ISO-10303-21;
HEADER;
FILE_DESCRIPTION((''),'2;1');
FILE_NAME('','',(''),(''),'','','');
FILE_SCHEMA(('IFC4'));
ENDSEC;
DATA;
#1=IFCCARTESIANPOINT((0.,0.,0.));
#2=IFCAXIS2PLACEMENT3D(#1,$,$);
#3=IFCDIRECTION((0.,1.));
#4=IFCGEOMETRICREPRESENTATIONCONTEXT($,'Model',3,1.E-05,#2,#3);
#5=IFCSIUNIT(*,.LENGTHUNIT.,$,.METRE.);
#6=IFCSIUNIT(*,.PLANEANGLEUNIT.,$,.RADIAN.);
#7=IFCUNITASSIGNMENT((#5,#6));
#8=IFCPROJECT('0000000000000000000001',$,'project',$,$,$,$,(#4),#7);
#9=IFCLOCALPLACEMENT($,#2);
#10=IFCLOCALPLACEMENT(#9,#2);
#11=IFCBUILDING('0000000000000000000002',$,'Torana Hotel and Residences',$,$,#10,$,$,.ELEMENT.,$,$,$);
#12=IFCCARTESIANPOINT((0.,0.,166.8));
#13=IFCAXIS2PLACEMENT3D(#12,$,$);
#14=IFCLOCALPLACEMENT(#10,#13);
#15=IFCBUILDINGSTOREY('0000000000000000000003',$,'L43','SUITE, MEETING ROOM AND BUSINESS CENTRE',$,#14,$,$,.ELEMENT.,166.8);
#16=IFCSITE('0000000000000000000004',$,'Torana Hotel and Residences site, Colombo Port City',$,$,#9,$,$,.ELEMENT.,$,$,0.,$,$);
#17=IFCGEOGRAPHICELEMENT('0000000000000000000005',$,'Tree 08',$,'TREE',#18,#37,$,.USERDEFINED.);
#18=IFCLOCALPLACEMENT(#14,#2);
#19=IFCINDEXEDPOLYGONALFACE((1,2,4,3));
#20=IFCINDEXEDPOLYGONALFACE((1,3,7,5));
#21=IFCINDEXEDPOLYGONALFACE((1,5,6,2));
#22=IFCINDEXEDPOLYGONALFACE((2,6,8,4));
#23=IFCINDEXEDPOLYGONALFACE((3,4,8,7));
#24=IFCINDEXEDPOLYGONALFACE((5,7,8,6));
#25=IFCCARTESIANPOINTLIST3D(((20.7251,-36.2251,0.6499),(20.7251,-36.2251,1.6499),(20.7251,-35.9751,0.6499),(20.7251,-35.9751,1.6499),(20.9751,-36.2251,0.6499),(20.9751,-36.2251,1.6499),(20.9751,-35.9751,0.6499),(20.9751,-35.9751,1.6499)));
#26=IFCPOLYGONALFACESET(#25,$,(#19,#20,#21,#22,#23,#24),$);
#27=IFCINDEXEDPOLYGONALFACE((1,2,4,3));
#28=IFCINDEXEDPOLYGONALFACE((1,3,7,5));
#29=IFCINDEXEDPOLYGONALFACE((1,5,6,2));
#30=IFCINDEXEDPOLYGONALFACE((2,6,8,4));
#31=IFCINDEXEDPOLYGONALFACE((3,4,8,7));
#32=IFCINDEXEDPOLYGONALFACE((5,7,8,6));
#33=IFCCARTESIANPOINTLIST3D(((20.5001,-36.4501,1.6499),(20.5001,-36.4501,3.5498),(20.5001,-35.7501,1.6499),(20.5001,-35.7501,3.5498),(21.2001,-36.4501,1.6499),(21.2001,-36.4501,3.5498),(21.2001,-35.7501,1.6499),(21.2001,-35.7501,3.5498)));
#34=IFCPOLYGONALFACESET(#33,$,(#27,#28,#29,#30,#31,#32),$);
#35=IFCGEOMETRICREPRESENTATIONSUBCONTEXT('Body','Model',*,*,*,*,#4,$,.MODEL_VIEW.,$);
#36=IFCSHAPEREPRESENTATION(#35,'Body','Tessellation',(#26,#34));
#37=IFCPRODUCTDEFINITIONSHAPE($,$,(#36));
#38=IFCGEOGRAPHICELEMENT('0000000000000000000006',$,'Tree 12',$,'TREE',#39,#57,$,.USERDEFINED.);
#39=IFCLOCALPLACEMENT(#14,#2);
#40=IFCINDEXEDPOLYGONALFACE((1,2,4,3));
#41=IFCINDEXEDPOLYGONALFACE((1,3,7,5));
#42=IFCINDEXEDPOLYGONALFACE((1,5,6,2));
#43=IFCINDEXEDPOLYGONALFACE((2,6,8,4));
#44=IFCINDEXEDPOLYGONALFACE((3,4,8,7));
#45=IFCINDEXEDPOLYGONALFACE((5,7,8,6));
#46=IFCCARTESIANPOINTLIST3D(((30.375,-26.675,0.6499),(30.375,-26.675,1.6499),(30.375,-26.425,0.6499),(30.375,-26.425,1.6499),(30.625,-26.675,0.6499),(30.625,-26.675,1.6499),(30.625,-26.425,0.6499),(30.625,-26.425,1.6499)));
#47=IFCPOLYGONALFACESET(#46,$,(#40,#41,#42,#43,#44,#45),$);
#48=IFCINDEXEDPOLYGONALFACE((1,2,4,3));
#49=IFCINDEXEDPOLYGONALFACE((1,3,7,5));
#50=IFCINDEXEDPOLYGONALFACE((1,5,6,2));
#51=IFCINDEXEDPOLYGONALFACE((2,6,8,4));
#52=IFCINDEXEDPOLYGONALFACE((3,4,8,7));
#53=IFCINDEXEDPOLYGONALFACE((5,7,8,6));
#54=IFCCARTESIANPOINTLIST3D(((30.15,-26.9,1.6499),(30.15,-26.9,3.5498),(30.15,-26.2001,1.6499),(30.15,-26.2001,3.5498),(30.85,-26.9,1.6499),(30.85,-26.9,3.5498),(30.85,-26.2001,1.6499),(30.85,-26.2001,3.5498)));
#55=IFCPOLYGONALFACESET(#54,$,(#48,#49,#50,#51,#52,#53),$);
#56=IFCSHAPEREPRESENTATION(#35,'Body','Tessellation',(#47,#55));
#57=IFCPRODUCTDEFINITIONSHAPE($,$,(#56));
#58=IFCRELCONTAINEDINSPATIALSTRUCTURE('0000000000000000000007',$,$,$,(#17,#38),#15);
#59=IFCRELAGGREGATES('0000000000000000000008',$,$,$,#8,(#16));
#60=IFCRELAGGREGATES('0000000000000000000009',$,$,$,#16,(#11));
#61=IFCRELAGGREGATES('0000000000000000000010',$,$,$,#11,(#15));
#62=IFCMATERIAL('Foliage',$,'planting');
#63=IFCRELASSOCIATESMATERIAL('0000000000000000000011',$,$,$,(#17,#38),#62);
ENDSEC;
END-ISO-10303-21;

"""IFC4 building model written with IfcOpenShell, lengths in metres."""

from ifc_helpers import new_model, si_unit, direction, frame, origin, origin_2d, place, context, subcontext, project, spatial, rectangle, extrude, material, element, save


model = new_model("IFC4")

# Units and contexts
model_context = context("Model", 3, precision=1e-05, world=origin(), true_north=direction((0.0, 1.0)))
body_context = subcontext(model_context, "Body", "Model", "MODEL_VIEW")
ifc_project = project(units=[si_unit("LENGTHUNIT", "METRE"), si_unit("PLANEANGLEUNIT", "RADIAN")], contexts=[model_context])

# Site, building, storey
site_placement = place(None, origin())
site = spatial("IfcSite", under=ifc_project, at=site_placement, Name="Torana Hotel and Residences site, Colombo Port City", CompositionType="ELEMENT", RefElevation=0.0)
building_placement = place(site_placement, origin())
building = spatial("IfcBuilding", under=site, at=building_placement, Name="Torana Hotel and Residences", CompositionType="ELEMENT")
storey_placement = place(building_placement, frame((0.0, 0.0, 166.8)))
storey = spatial("IfcBuildingStorey", under=building, at=storey_placement, Name="L43", Description="SUITE, MEETING ROOM AND BUSINESS CENTRE", CompositionType="ELEMENT", Elevation=166.8)

# Geographic elements
ifc_material_1 = material(Name="Foliage", Category="planting")
for number, where, z_axis, x_axis, name in (
    (1, (20.8501, -36.1001, 0.6499), (0.0, 0.0, 1.0), (1.0, 0.0, 0.0), "Tree 08"),
    (2, (30.5, -26.55, 0.6499), (0.0, 0.0, 1.0), (1.0, 0.0, 0.0), "Tree 12"),
):
    element("IfcGeographicElement", number, at=place(storey_placement, frame(where, z_axis=z_axis, x_axis=x_axis)), inside=storey, material=ifc_material_1, Name=name, ObjectType="TREE", PredefinedType="USERDEFINED", context=body_context, shape_type="SweptSolid", body=[
        extrude(rectangle(XDim=0.25, YDim=0.25, at=origin_2d()), origin(), (0.0, 0.0, 1.0), 1.0),
        extrude(rectangle(XDim=0.7, YDim=0.7, at=origin_2d()), frame((0.0, 0.0, 1.0)), (0.0, 0.0, 1.0), 1.8999),
    ])

save(model, "model.ifc")
